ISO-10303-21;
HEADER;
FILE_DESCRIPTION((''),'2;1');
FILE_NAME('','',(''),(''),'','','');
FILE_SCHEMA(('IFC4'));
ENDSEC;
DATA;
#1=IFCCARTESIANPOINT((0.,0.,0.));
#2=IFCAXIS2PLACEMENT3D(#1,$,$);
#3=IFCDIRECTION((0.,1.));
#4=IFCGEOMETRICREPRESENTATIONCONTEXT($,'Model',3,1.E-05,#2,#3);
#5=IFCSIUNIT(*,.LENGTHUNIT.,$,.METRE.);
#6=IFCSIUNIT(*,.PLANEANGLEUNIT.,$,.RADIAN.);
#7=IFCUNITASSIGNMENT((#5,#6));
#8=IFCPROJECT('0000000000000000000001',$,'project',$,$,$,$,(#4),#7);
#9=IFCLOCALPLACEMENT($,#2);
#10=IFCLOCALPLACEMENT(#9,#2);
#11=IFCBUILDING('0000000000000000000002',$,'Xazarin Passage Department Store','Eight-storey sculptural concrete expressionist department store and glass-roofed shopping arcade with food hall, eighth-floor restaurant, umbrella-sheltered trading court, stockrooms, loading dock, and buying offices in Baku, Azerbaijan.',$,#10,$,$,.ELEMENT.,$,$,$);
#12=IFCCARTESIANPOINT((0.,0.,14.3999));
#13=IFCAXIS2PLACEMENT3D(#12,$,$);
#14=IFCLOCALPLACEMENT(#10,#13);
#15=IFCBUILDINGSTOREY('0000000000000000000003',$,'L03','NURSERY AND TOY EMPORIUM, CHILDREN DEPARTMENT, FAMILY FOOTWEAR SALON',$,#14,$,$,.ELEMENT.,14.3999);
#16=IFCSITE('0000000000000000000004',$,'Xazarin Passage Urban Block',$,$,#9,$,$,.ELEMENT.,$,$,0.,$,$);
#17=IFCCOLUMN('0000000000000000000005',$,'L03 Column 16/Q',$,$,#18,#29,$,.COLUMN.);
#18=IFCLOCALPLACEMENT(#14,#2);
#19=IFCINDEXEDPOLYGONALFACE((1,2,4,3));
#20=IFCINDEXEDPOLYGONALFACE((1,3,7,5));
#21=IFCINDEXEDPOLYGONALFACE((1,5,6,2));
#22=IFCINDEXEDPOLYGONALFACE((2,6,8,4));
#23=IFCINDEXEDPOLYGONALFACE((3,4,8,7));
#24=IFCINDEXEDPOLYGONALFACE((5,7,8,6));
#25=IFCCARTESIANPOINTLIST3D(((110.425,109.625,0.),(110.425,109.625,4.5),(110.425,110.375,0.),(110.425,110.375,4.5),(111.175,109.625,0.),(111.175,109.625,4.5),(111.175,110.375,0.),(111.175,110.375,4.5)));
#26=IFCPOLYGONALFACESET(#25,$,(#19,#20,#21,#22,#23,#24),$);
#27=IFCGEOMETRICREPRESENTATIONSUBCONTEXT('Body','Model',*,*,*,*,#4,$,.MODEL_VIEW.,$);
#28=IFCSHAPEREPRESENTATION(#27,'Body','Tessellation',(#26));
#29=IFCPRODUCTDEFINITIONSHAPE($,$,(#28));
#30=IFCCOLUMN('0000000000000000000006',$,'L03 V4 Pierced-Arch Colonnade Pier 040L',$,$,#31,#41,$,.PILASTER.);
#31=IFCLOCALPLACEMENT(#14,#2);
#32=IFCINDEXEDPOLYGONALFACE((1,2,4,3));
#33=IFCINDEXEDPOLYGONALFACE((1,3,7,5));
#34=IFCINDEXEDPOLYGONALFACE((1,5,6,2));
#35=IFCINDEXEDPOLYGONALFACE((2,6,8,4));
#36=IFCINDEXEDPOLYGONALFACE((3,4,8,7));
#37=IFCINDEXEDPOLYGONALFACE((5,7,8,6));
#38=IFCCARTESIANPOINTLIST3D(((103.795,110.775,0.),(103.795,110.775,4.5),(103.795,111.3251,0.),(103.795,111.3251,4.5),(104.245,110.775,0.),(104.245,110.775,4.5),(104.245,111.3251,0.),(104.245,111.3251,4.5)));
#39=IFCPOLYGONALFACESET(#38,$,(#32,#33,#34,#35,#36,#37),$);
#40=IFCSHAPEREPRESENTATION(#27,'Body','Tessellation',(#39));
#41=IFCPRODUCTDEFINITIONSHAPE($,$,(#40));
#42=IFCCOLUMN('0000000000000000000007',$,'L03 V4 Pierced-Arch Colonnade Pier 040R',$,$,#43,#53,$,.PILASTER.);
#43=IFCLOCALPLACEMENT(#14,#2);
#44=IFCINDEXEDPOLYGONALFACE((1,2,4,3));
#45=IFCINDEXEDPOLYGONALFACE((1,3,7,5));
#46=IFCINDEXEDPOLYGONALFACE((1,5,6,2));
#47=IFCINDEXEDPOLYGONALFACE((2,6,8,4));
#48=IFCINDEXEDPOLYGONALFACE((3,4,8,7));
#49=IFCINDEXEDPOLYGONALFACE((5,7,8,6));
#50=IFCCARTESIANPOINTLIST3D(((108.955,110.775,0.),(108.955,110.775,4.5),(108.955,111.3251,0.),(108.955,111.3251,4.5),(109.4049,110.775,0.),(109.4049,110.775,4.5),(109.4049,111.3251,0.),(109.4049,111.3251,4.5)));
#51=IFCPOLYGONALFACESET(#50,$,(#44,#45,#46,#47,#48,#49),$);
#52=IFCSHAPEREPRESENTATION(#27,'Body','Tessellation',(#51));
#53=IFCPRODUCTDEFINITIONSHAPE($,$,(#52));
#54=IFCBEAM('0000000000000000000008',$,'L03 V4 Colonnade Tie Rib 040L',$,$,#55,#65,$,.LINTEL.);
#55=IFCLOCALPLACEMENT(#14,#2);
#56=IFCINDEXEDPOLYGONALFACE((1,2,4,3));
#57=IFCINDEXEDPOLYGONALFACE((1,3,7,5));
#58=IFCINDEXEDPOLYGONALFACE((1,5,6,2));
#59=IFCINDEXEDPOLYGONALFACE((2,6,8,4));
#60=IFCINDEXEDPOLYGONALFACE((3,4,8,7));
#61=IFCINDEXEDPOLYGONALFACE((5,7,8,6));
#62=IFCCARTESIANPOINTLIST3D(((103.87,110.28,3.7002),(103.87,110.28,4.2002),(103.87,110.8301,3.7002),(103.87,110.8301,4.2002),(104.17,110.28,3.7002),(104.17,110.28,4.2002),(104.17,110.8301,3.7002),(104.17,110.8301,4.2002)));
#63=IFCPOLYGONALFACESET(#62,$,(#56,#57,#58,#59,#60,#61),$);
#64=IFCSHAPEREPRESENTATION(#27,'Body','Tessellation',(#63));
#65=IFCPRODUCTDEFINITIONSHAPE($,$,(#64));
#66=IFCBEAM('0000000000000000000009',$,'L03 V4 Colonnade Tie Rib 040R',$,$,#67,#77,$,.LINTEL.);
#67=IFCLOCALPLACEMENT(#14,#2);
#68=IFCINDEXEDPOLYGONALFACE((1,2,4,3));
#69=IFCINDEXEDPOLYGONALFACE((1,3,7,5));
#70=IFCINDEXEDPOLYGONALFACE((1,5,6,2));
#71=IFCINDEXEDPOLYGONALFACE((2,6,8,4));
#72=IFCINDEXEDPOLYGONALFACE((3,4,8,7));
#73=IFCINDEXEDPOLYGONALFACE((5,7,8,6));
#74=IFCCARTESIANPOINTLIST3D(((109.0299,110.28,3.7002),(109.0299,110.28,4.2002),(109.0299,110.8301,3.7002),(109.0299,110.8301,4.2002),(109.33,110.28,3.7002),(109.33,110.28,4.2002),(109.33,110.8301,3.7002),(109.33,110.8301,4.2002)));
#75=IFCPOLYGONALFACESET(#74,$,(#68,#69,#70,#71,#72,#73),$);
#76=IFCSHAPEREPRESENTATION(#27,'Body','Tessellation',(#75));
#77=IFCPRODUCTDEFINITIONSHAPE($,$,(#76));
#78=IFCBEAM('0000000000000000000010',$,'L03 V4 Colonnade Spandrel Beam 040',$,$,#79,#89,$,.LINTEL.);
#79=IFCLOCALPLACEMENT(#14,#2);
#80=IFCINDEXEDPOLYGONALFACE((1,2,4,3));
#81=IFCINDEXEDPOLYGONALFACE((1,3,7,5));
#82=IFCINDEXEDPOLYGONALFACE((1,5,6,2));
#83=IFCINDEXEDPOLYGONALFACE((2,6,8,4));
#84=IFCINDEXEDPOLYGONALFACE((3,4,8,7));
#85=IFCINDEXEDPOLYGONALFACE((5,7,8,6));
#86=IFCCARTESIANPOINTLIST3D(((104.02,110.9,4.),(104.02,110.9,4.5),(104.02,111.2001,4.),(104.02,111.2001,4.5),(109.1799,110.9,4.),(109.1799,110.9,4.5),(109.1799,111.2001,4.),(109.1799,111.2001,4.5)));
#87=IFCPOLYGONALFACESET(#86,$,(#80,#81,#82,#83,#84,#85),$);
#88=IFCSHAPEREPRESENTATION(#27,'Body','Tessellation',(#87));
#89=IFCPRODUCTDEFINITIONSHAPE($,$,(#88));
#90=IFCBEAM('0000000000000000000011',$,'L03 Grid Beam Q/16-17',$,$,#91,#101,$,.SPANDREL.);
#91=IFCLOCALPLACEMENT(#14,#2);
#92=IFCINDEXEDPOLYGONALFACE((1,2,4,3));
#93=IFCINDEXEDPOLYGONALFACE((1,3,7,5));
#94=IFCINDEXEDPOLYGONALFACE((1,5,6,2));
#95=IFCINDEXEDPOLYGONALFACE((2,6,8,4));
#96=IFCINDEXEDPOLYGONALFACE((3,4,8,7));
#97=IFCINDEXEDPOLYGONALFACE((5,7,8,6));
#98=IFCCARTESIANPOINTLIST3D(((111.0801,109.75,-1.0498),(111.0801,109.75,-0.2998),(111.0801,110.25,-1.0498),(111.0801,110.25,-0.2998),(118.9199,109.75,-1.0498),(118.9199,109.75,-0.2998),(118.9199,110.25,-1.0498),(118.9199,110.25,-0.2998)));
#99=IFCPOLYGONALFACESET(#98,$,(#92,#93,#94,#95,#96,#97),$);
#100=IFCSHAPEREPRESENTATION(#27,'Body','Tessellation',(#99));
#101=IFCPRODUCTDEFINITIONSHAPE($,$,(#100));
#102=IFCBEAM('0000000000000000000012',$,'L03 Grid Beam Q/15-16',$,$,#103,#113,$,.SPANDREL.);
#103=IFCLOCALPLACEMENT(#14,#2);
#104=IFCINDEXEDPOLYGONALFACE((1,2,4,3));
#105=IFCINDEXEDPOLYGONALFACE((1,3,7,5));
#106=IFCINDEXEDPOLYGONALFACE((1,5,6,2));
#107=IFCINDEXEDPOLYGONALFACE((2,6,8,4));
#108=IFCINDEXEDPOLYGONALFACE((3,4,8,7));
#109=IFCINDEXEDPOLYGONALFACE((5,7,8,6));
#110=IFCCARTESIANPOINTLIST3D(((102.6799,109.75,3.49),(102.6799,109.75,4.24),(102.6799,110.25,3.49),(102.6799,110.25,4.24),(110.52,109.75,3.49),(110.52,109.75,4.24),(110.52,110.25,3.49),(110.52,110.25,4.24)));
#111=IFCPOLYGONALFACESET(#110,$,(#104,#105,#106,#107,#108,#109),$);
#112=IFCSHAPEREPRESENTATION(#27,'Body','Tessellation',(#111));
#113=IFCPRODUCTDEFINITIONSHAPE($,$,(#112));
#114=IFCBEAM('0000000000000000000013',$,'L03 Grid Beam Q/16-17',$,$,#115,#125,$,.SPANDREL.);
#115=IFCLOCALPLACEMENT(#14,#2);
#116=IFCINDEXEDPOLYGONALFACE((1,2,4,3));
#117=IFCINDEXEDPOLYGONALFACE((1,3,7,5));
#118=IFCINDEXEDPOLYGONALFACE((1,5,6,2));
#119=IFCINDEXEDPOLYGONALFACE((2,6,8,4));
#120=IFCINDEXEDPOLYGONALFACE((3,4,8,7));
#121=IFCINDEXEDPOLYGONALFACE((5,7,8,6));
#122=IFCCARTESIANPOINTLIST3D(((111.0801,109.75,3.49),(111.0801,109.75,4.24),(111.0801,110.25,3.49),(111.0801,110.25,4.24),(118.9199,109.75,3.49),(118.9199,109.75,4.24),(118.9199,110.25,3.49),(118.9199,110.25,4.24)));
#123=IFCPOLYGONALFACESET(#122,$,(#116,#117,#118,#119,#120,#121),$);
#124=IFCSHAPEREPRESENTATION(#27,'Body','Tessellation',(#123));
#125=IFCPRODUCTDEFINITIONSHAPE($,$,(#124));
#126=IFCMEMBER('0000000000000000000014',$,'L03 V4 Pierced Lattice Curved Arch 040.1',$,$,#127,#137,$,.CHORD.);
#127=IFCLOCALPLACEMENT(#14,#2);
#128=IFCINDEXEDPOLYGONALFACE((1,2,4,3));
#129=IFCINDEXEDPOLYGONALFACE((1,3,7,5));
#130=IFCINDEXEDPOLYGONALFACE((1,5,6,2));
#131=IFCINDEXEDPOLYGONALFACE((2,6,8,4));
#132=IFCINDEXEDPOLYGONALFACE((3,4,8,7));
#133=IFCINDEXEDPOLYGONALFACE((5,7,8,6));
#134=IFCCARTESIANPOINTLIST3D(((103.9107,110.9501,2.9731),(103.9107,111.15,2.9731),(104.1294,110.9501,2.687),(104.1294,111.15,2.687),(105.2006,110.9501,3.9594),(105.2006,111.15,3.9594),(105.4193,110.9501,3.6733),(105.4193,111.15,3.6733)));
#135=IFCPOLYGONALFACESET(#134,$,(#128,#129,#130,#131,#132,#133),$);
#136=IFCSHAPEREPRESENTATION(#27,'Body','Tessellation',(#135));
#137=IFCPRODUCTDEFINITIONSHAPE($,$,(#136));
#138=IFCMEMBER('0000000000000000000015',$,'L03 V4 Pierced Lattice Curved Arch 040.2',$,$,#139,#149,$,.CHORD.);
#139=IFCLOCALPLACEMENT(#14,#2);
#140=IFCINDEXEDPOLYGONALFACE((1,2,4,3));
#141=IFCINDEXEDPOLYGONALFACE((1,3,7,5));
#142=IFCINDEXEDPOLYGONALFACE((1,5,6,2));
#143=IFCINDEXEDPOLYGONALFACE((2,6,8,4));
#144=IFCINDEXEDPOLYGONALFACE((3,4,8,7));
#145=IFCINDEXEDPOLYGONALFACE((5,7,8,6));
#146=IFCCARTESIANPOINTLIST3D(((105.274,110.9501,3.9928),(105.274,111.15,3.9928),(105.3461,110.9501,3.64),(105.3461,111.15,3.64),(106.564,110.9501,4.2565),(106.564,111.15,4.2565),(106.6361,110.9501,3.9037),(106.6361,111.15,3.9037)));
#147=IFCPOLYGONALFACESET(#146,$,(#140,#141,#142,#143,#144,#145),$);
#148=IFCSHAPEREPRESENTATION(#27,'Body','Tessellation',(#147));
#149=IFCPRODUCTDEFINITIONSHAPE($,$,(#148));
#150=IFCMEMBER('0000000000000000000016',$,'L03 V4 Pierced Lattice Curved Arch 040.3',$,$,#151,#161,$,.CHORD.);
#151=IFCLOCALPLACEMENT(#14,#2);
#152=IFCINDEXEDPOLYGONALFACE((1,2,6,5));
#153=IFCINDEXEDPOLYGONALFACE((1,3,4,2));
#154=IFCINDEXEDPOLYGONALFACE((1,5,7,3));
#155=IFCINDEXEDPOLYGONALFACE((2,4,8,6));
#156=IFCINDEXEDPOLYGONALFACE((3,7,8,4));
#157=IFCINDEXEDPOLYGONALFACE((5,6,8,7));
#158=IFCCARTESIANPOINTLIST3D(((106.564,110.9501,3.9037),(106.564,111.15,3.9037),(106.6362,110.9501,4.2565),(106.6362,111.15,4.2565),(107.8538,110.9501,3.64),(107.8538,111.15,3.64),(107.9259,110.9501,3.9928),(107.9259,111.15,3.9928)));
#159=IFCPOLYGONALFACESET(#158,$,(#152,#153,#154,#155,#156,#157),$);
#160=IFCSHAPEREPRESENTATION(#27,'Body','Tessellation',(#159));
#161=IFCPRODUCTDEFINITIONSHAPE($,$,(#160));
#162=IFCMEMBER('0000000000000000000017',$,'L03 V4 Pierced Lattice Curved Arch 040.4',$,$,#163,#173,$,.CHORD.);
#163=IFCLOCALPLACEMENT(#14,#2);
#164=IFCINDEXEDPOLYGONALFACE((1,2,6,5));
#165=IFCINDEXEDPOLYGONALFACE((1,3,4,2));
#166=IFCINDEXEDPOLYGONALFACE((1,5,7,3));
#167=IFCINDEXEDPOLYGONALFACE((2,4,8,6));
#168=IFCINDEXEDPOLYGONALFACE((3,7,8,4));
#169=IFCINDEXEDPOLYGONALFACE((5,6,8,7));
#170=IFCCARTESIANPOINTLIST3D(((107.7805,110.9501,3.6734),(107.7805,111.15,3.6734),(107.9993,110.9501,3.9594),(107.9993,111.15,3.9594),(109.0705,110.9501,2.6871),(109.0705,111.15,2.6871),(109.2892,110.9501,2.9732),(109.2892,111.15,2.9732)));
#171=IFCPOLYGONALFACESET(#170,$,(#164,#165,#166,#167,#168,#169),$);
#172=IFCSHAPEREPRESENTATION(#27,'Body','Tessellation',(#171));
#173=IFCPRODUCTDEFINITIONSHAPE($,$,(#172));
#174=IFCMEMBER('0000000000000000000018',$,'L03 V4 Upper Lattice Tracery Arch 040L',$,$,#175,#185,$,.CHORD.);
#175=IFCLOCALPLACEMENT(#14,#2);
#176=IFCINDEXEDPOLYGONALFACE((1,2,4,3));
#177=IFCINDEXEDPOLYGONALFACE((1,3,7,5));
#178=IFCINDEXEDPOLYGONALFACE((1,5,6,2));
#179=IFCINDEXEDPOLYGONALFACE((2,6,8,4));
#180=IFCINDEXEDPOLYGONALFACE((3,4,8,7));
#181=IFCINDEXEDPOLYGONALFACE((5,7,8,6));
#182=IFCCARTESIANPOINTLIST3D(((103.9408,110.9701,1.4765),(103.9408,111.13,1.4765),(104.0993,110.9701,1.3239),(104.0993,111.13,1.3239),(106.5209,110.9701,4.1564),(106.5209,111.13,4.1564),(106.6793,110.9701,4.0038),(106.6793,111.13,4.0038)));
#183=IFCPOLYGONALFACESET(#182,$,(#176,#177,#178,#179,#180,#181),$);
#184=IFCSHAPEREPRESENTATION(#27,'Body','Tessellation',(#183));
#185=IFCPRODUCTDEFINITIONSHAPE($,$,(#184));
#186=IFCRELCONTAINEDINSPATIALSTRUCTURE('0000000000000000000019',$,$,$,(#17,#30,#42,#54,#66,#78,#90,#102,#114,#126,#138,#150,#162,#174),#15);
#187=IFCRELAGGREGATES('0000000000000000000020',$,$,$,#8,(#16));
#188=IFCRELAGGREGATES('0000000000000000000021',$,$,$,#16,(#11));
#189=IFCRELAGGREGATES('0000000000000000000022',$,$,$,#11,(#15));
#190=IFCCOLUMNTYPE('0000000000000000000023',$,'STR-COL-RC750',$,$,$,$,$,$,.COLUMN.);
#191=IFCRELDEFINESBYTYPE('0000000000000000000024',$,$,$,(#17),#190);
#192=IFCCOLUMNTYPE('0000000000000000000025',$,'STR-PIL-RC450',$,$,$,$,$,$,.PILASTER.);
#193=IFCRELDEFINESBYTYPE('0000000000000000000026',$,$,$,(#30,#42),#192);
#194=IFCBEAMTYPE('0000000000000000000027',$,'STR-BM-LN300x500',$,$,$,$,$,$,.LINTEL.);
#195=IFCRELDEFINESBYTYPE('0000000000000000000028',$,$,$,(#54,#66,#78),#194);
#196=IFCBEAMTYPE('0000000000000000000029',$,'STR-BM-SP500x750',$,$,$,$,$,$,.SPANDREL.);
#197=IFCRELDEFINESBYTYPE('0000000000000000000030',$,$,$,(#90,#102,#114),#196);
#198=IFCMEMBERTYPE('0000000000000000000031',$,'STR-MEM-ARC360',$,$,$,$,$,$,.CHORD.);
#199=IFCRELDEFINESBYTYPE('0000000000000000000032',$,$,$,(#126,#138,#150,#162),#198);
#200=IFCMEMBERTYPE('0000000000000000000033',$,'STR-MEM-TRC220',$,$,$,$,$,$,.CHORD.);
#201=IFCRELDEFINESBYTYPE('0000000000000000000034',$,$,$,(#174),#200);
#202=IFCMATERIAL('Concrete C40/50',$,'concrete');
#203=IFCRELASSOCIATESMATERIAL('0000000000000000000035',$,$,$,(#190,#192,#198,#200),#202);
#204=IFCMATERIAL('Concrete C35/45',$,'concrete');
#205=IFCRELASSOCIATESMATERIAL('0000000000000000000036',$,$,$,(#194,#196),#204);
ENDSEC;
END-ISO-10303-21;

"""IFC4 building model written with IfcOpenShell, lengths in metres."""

from ifc_helpers import new_model, si_unit, direction, frame, origin, origin_2d, place, context, subcontext, project, spatial, rectangle, extrude, material, material_profile, profile_set, type_object, element, save


model = new_model("IFC4")

# Units and contexts
model_context = context("Model", 3, precision=1e-05, world=origin(), true_north=direction((0.0, 1.0)))
body_context = subcontext(model_context, "Body", "Model", "MODEL_VIEW")
ifc_project = project(units=[si_unit("LENGTHUNIT", "METRE"), si_unit("PLANEANGLEUNIT", "RADIAN")], contexts=[model_context])

# Site, building, storey
site_placement = place(None, origin())
site = spatial("IfcSite", under=ifc_project, at=site_placement, Name="Xazarin Passage Urban Block", CompositionType="ELEMENT", RefElevation=0.0)
building_placement = place(site_placement, origin())
building = spatial("IfcBuilding", under=site, at=building_placement, Name="Xazarin Passage Department Store", Description="Eight-storey sculptural concrete expressionist department store and glass-roofed shopping arcade with food hall, eighth-floor restaurant, umbrella-sheltered trading court, stockrooms, loading dock, and buying offices in Baku, Azerbaijan.", CompositionType="ELEMENT")
storey_placement = place(building_placement, frame((0.0, 0.0, 14.3999)))
storey = spatial("IfcBuildingStorey", under=building, at=storey_placement, Name="L03", Description="NURSERY AND TOY EMPORIUM, CHILDREN DEPARTMENT, FAMILY FOOTWEAR SALON", CompositionType="ELEMENT", Elevation=14.3999)

# Columns
ifc_material_1 = material(Name="Concrete C40/50", Category="concrete")
ifc_material_profile_1 = material_profile(ifc_material_1, rectangle(XDim=0.75, YDim=0.75, at=origin_2d()), Name="RC 750x750")
ifc_profile_set_1 = profile_set([ifc_material_profile_1], Name="Concrete C40/50")
column_type_1 = type_object("IfcColumnType", Name="STR-COL-RC750", PredefinedType="COLUMN", material=ifc_profile_set_1)
column_placement = place(storey_placement, frame((110.8, 110.0, 0.0), z_axis=(0.0, 0.0, 1.0), x_axis=(1.0, 0.0, 0.0)))
element("IfcColumn", 1, at=column_placement, inside=storey, type_object=column_type_1, Name="L03 Column 16/Q", PredefinedType="COLUMN", context=body_context, shape_type="SweptSolid", body=[
    extrude(rectangle(XDim=0.75, YDim=0.75, at=origin_2d()), origin(), (0.0, 0.0, 1.0), 4.5),
])
ifc_material_profile_2 = material_profile(ifc_material_1, rectangle(XDim=0.45, YDim=0.55, at=origin_2d()), Name="RC 450x550")
ifc_profile_set_2 = profile_set([ifc_material_profile_2], Name="Concrete C40/50")
column_type_2 = type_object("IfcColumnType", Name="STR-PIL-RC450", PredefinedType="PILASTER", material=ifc_profile_set_2)
for number, where, z_axis, x_axis, name in (
    (2, (104.02, 111.05, 0.0), (0.0, 0.0, 1.0), (1.0, 0.0, 0.0), "L03 V4 Pierced-Arch Colonnade Pier 040L"),
    (3, (109.1799, 111.05, 0.0), (0.0, 0.0, 1.0), (1.0, 0.0, 0.0), "L03 V4 Pierced-Arch Colonnade Pier 040R"),
):
    element("IfcColumn", number, at=place(storey_placement, frame(where, z_axis=z_axis, x_axis=x_axis)), inside=storey, type_object=column_type_2, Name=name, PredefinedType="PILASTER", context=body_context, shape_type="SweptSolid", body=[
        extrude(rectangle(XDim=0.45, YDim=0.55, at=origin_2d()), origin(), (0.0, 0.0, 1.0), 4.5),
    ])

# Beams
ifc_material_2 = material(Name="Concrete C35/45", Category="concrete")
ifc_material_profile_3 = material_profile(ifc_material_2, rectangle(XDim=0.3, YDim=0.5, at=origin_2d()), Name="RC 300x500")
ifc_profile_set_3 = profile_set([ifc_material_profile_3], Name="Concrete C35/45")
beam_type_1 = type_object("IfcBeamType", Name="STR-BM-LN300x500", PredefinedType="LINTEL", material=ifc_profile_set_3)
for number, where, z_axis, x_axis, name in (
    (4, (104.02, 110.28, 3.9502), (0.0, 1.0, 0.0), (-1.0, 0.0, 0.0), "L03 V4 Colonnade Tie Rib 040L"),
    (5, (109.1799, 110.28, 3.9502), (0.0, 1.0, 0.0), (-1.0, 0.0, 0.0), "L03 V4 Colonnade Tie Rib 040R"),
):
    element("IfcBeam", number, at=place(storey_placement, frame(where, z_axis=z_axis, x_axis=x_axis)), inside=storey, type_object=beam_type_1, Name=name, PredefinedType="LINTEL", context=body_context, shape_type="SweptSolid", body=[
        extrude(rectangle(XDim=0.3, YDim=0.5, at=origin_2d()), origin(), (0.0, 0.0, 1.0), 0.55),
    ])
beam_1_placement = place(storey_placement, frame((104.02, 111.05, 4.25), z_axis=(1.0, 0.0, 0.0), x_axis=(0.0, 1.0, 0.0)))
element("IfcBeam", 6, at=beam_1_placement, inside=storey, type_object=beam_type_1, Name="L03 V4 Colonnade Spandrel Beam 040", PredefinedType="LINTEL", context=body_context, shape_type="SweptSolid", body=[
    extrude(rectangle(XDim=0.3, YDim=0.5, at=origin_2d()), origin(), (0.0, 0.0, 1.0), 5.1599),
])
ifc_material_profile_4 = material_profile(ifc_material_2, rectangle(XDim=0.5, YDim=0.75, at=origin_2d()), Name="RC 500x750")
ifc_profile_set_4 = profile_set([ifc_material_profile_4], Name="Concrete C35/45")
beam_type_2 = type_object("IfcBeamType", Name="STR-BM-SP500x750", PredefinedType="SPANDREL", material=ifc_profile_set_4)
beam_2_placement = place(storey_placement, frame((111.0801, 110.0, -0.6748), z_axis=(1.0, 0.0, 0.0), x_axis=(0.0, 1.0, 0.0)))
element("IfcBeam", 7, at=beam_2_placement, inside=storey, type_object=beam_type_2, Name="L03 Grid Beam Q/16-17", PredefinedType="SPANDREL", context=body_context, shape_type="SweptSolid", body=[
    extrude(rectangle(XDim=0.5, YDim=0.75, at=origin_2d()), origin(), (0.0, 0.0, 1.0), 7.8398),
])
beam_3_placement = place(storey_placement, frame((102.6799, 110.0, 3.865), z_axis=(1.0, 0.0, 0.0), x_axis=(0.0, 1.0, 0.0)))
element("IfcBeam", 8, at=beam_3_placement, inside=storey, type_object=beam_type_2, Name="L03 Grid Beam Q/15-16", PredefinedType="SPANDREL", context=body_context, shape_type="SweptSolid", body=[
    extrude(rectangle(XDim=0.5, YDim=0.75, at=origin_2d()), origin(), (0.0, 0.0, 1.0), 7.8401),
])
beam_4_placement = place(storey_placement, frame((111.0801, 110.0, 3.865), z_axis=(1.0, 0.0, 0.0), x_axis=(0.0, 1.0, 0.0)))
element("IfcBeam", 9, at=beam_4_placement, inside=storey, type_object=beam_type_2, Name="L03 Grid Beam Q/16-17", PredefinedType="SPANDREL", context=body_context, shape_type="SweptSolid", body=[
    extrude(rectangle(XDim=0.5, YDim=0.75, at=origin_2d()), origin(), (0.0, 0.0, 1.0), 7.8398),
])

# Members
ifc_material_profile_5 = material_profile(ifc_material_1, rectangle(XDim=0.2, YDim=0.3601, at=origin_2d()), Name="RC 200x360")
ifc_profile_set_5 = profile_set([ifc_material_profile_5], Name="Concrete C40/50")
member_type_1 = type_object("IfcMemberType", Name="STR-MEM-ARC360", PredefinedType="CHORD", material=ifc_profile_set_5)
member_1_placement = place(storey_placement, frame((104.02, 111.05, 2.8301), z_axis=(0.794409, 0.0, 0.607383), x_axis=(0.0, 1.0, 0.0)))
element("IfcMember", 10, at=member_1_placement, inside=storey, type_object=member_type_1, Name="L03 V4 Pierced Lattice Curved Arch 040.1", PredefinedType="CHORD", context=body_context, shape_type="SweptSolid", body=[
    extrude(rectangle(XDim=0.2, YDim=0.3601, at=origin_2d()), origin(), (0.0, 0.0, 1.0), 1.6238),
])
member_2_placement = place(storey_placement, frame((105.3101, 111.05, 3.8164), z_axis=(0.979745, 0.0, 0.200251), x_axis=(0.0, 1.0, 0.0)))
element("IfcMember", 11, at=member_2_placement, inside=storey, type_object=member_type_1, Name="L03 V4 Pierced Lattice Curved Arch 040.2", PredefinedType="CHORD", context=body_context, shape_type="SweptSolid", body=[
    extrude(rectangle(XDim=0.2, YDim=0.3601, at=origin_2d()), origin(), (0.0, 0.0, 1.0), 1.3167),
])
member_3_placement = place(storey_placement, frame((106.6001, 111.05, 4.0801), z_axis=(0.979737, 0.0, -0.200287), x_axis=(0.0, 1.0, 0.0)))
element("IfcMember", 12, at=member_3_placement, inside=storey, type_object=member_type_1, Name="L03 V4 Pierced Lattice Curved Arch 040.3", PredefinedType="CHORD", context=body_context, shape_type="SweptSolid", body=[
    extrude(rectangle(XDim=0.2, YDim=0.3601, at=origin_2d()), origin(), (0.0, 0.0, 1.0), 1.3164),
])
member_4_placement = place(storey_placement, frame((107.8899, 111.05, 3.8164), z_axis=(0.794409, 0.0, -0.607383), x_axis=(0.0, 1.0, 0.0)))
element("IfcMember", 13, at=member_4_placement, inside=storey, type_object=member_type_1, Name="L03 V4 Pierced Lattice Curved Arch 040.4", PredefinedType="CHORD", context=body_context, shape_type="SweptSolid", body=[
    extrude(rectangle(XDim=0.2, YDim=0.3601, at=origin_2d()), origin(), (0.0, 0.0, 1.0), 1.6238),
])
ifc_material_profile_6 = material_profile(ifc_material_1, rectangle(XDim=0.1599, YDim=0.22, at=origin_2d()), Name="RC 160x220")
ifc_profile_set_6 = profile_set([ifc_material_profile_6], Name="Concrete C40/50")
member_type_2 = type_object("IfcMemberType", Name="STR-MEM-TRC220", PredefinedType="CHORD", material=ifc_profile_set_6)
for number, where, z_axis, x_axis, name in (
    (14, (106.6001, 111.05, 4.0801), (-0.693558, 0.0, -0.7204), (0.0, -1.0, 0.0), "L03 V4 Upper Lattice Tracery Arch 040L"),
):
    element("IfcMember", number, at=place(storey_placement, frame(where, z_axis=z_axis, x_axis=x_axis)), inside=storey, type_object=member_type_2, Name=name, PredefinedType="CHORD", context=body_context, shape_type="SweptSolid", body=[
        extrude(rectangle(XDim=0.1599, YDim=0.22, at=origin_2d()), origin(), (0.0, 0.0, 1.0), 3.72),
    ])

save(model, "model.ifc")
